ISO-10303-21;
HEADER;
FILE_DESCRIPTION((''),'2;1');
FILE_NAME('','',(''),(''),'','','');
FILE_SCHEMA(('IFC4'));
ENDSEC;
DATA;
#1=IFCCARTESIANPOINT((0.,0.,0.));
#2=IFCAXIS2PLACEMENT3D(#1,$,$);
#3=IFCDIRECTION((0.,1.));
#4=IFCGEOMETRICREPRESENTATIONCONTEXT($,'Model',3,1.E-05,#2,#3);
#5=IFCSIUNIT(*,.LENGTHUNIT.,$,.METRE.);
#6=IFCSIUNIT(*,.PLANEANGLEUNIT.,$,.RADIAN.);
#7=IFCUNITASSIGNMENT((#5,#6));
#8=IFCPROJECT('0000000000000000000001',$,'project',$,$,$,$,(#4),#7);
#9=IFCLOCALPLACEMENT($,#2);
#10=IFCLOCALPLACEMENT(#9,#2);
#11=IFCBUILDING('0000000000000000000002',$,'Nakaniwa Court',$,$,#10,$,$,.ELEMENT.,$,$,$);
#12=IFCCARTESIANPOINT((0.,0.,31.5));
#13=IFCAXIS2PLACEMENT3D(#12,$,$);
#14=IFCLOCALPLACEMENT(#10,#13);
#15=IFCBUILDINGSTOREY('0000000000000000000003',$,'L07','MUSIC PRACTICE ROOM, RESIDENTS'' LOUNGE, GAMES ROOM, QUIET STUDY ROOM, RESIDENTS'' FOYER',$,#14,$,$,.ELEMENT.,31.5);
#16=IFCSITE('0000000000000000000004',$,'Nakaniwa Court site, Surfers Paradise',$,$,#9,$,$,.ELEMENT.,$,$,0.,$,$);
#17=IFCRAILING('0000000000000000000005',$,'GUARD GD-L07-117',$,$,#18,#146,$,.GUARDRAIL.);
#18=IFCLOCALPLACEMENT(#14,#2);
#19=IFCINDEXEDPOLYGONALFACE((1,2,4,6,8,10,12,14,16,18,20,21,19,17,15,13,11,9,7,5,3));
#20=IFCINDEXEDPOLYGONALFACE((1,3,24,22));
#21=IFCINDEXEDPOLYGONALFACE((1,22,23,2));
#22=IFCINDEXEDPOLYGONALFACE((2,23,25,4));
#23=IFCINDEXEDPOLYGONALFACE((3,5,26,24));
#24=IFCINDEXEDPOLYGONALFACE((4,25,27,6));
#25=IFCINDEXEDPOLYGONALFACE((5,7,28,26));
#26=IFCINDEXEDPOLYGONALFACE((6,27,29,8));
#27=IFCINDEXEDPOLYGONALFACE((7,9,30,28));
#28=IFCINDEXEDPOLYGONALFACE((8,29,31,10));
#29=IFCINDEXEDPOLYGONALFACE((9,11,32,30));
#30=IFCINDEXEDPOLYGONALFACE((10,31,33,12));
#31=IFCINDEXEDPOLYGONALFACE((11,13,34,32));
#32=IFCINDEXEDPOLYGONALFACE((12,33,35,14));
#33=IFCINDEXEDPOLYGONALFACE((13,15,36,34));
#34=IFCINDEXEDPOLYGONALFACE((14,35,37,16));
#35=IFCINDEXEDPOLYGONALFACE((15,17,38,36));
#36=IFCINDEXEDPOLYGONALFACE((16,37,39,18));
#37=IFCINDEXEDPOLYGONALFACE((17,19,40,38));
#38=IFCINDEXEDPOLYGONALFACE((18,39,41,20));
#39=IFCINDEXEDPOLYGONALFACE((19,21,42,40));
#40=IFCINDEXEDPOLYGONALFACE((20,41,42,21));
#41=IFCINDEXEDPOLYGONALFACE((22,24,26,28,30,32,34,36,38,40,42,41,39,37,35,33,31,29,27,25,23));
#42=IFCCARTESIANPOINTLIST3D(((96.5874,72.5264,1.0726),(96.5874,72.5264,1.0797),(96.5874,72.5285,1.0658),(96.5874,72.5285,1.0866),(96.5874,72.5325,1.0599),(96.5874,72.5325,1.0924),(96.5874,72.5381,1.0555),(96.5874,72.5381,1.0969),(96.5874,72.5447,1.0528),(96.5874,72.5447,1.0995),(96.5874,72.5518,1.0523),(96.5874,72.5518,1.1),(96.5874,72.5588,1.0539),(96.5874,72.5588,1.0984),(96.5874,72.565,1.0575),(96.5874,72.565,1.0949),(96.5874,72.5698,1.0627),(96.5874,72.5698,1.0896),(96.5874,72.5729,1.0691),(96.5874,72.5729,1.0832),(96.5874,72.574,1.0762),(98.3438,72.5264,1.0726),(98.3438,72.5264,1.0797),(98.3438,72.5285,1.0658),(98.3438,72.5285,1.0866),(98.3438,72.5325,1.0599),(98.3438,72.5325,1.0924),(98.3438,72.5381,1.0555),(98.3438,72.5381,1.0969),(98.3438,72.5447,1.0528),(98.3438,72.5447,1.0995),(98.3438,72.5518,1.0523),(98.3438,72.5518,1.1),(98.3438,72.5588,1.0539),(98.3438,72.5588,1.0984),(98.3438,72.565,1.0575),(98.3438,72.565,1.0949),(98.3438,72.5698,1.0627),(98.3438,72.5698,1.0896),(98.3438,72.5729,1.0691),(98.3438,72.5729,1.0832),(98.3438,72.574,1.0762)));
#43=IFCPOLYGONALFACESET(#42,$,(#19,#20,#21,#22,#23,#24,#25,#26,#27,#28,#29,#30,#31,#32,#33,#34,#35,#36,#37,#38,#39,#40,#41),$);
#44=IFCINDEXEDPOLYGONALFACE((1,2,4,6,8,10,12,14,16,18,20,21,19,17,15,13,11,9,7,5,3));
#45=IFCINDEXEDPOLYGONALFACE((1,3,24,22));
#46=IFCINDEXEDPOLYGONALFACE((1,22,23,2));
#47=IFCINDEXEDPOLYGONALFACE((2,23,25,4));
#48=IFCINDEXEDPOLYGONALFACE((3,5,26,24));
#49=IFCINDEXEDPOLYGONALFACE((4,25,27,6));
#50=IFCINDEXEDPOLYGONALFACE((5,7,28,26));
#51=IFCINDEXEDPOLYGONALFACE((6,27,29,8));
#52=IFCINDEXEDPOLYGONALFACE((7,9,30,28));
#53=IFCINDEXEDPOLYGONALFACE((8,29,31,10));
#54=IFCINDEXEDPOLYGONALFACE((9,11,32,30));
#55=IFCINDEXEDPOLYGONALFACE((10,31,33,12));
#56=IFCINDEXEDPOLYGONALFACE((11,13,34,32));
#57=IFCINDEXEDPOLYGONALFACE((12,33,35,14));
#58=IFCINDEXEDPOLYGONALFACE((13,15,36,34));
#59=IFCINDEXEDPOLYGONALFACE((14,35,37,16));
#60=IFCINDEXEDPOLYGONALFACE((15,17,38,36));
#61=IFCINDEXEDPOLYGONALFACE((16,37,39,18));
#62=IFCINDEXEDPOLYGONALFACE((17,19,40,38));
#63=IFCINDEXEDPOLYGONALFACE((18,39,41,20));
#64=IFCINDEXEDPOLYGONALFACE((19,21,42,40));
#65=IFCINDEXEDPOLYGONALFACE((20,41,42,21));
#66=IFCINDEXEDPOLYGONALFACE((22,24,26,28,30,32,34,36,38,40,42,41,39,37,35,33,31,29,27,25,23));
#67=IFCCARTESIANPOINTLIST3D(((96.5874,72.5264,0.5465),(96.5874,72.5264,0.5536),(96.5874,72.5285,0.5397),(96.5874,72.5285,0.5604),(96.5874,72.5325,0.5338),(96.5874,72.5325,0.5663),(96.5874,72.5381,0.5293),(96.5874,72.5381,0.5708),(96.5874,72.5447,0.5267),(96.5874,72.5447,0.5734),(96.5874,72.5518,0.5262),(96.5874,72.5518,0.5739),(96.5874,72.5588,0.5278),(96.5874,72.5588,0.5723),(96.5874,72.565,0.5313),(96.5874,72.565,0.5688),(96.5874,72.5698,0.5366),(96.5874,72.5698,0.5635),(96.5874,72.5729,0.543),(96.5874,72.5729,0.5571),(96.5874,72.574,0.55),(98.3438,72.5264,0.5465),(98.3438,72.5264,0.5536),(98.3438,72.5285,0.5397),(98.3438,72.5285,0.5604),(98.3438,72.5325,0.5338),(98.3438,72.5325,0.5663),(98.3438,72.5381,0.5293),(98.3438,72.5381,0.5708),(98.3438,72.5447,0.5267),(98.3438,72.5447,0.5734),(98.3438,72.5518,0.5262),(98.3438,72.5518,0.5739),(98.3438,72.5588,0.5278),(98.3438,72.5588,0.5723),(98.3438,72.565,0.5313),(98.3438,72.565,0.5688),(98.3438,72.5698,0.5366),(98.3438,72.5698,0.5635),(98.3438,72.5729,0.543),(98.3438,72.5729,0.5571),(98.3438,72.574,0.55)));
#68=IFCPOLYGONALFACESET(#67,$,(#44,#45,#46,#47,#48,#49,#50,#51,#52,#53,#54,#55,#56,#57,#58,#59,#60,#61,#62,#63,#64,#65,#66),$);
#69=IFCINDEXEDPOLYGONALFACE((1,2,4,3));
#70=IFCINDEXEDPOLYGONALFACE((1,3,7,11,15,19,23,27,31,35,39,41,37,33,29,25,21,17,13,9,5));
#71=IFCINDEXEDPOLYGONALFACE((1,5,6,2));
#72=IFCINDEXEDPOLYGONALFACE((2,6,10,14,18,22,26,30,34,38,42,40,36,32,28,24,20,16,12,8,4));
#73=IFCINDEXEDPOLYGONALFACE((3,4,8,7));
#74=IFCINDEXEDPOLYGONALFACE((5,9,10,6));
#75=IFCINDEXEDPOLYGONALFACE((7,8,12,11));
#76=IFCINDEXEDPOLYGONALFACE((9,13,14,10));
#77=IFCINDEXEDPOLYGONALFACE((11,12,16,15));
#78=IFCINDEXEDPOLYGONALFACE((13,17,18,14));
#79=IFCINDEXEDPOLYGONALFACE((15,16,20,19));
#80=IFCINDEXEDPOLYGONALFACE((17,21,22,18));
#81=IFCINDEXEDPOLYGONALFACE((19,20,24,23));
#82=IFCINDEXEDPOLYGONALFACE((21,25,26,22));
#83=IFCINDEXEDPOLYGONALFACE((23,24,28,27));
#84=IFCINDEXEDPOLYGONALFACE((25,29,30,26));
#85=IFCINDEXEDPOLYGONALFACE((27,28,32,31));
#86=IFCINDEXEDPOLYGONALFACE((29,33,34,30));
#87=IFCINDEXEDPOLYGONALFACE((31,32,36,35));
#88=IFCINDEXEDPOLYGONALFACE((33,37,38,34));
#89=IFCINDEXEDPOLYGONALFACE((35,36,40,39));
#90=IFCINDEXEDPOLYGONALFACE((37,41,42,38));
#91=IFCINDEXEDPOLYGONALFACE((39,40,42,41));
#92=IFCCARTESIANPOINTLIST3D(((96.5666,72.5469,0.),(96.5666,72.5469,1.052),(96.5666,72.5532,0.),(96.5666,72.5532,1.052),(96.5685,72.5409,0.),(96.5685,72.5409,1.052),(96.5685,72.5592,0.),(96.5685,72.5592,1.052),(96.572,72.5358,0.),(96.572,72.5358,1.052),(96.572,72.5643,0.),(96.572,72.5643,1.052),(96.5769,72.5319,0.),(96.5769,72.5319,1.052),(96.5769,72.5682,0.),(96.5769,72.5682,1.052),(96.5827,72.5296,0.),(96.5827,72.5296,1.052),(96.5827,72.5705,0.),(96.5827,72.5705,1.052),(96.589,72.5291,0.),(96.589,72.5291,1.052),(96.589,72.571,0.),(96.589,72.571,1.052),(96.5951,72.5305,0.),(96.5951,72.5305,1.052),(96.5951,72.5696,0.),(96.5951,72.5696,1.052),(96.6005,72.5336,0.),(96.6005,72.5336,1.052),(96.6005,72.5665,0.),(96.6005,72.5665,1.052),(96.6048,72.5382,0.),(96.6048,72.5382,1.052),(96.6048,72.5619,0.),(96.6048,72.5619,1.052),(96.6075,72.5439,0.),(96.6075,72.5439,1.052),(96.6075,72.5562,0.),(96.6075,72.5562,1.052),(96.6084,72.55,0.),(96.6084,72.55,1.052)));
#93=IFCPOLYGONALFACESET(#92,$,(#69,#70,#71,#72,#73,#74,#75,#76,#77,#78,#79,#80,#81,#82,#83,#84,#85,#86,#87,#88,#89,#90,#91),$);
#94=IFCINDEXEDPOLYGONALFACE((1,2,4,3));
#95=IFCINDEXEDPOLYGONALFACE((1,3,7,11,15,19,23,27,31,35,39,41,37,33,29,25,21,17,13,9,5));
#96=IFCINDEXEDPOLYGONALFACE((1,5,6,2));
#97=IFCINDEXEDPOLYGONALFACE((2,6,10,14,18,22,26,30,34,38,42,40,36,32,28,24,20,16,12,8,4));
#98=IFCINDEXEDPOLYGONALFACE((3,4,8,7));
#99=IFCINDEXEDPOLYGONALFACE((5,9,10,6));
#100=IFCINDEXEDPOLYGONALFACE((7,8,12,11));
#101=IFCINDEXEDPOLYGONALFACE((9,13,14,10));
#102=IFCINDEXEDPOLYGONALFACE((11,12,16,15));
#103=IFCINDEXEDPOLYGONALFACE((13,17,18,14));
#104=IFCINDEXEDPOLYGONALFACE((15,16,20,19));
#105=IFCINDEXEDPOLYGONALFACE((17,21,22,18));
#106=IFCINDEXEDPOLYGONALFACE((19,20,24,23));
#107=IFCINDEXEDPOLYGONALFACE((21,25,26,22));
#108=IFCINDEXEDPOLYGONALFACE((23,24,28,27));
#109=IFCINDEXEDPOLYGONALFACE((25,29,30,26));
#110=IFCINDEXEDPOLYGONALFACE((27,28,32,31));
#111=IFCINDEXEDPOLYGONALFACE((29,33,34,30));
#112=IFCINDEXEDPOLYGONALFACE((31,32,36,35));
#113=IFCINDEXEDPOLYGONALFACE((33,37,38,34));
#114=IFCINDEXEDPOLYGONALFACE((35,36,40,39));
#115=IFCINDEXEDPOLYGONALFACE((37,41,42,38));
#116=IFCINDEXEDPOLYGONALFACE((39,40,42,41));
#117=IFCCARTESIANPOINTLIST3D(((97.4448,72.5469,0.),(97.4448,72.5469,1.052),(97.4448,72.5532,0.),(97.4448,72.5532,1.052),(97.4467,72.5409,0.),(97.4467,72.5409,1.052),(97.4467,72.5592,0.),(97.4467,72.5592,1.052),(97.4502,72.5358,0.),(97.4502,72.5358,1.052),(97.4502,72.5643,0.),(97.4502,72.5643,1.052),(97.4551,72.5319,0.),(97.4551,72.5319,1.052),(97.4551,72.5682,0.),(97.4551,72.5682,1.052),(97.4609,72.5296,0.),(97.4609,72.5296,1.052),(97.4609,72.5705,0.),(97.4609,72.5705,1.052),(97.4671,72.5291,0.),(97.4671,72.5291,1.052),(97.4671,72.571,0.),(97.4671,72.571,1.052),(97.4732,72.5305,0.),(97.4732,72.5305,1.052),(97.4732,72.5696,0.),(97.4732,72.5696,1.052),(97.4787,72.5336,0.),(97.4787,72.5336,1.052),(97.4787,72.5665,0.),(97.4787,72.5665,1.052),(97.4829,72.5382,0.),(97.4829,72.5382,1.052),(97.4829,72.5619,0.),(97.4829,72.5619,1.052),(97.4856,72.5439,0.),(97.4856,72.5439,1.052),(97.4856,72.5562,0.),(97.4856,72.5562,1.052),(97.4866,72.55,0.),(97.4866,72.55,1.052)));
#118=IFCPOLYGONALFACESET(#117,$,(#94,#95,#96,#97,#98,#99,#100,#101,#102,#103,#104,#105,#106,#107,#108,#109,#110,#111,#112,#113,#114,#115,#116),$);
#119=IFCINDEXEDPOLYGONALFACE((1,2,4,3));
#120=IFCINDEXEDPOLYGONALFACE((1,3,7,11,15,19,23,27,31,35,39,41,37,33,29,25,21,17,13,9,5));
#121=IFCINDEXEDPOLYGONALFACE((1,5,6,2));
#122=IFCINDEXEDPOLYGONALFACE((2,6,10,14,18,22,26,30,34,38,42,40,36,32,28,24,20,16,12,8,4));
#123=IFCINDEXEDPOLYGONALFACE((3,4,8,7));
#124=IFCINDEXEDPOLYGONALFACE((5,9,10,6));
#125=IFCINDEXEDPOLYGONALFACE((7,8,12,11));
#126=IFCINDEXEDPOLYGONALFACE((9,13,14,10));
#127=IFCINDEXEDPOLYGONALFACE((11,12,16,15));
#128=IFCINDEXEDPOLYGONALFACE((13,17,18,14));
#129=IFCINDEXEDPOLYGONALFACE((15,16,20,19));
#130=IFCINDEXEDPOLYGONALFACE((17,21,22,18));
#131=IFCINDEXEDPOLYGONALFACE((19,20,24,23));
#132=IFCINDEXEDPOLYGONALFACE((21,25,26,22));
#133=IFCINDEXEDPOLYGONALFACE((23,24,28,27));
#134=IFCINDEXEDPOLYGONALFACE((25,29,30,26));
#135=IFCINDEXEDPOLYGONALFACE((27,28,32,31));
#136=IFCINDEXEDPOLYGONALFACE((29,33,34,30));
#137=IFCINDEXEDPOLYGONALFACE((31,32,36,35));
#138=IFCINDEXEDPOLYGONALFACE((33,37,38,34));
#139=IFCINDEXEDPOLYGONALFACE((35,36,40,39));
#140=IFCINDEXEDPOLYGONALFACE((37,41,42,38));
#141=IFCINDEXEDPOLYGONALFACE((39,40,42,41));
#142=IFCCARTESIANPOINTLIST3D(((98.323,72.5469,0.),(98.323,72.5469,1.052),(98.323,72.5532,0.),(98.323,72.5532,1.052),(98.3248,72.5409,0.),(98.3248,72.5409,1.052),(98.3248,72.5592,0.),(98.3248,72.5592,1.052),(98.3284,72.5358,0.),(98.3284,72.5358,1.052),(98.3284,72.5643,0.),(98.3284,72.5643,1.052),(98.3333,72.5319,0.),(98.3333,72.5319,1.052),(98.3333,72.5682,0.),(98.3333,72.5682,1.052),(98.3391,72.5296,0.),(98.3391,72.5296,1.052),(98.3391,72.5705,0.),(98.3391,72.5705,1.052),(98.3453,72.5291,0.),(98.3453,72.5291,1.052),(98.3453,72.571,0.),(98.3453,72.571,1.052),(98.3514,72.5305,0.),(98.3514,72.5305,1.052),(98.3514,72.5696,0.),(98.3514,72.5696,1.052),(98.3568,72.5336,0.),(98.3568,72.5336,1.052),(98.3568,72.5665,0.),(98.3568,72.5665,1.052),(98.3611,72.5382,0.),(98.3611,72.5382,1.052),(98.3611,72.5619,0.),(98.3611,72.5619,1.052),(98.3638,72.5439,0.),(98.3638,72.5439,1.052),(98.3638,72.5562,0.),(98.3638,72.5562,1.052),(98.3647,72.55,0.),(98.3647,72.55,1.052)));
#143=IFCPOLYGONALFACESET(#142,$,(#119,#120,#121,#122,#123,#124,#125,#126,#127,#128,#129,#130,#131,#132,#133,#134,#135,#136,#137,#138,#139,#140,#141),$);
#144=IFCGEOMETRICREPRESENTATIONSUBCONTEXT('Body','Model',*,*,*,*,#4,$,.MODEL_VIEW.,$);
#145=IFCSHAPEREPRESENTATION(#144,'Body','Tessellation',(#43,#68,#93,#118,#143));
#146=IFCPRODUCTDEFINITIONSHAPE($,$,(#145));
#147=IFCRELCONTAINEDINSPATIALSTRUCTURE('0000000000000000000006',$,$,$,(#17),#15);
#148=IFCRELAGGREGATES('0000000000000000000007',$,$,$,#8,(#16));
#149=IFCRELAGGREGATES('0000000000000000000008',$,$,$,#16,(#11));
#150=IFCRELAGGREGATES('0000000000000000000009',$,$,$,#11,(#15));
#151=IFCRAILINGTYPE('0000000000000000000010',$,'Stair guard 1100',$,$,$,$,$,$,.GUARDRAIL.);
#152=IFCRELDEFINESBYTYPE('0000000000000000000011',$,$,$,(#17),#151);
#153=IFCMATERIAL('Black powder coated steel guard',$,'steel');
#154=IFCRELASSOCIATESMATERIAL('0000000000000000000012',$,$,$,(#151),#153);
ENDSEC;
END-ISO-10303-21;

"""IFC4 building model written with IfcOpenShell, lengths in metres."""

from ifc_helpers import new_model, si_unit, direction, frame, origin, origin_2d, place, context, subcontext, project, spatial, circle, extrude, material, type_object, element, save


model = new_model("IFC4")

# Units and contexts
model_context = context("Model", 3, precision=1e-05, world=origin(), true_north=direction((0.0, 1.0)))
body_context = subcontext(model_context, "Body", "Model", "MODEL_VIEW")
ifc_project = project(units=[si_unit("LENGTHUNIT", "METRE"), si_unit("PLANEANGLEUNIT", "RADIAN")], contexts=[model_context])

# Site, building, storey
site_placement = place(None, origin())
site = spatial("IfcSite", under=ifc_project, at=site_placement, Name="Nakaniwa Court site, Surfers Paradise", CompositionType="ELEMENT", RefElevation=0.0)
building_placement = place(site_placement, origin())
building = spatial("IfcBuilding", under=site, at=building_placement, Name="Nakaniwa Court", CompositionType="ELEMENT")
storey_placement = place(building_placement, frame((0.0, 0.0, 31.5)))
storey = spatial("IfcBuildingStorey", under=building, at=storey_placement, Name="L07", Description="MUSIC PRACTICE ROOM, RESIDENTS' LOUNGE, GAMES ROOM, QUIET STUDY ROOM, RESIDENTS' FOYER", CompositionType="ELEMENT", Elevation=31.5)

# Railing
ifc_material_1 = material(Name="Black powder coated steel guard", Category="steel")
railing_type = type_object("IfcRailingType", Name="Stair guard 1100", PredefinedType="GUARDRAIL", material=ifc_material_1)
railing_placement = place(storey_placement, frame((96.5874, 72.55, 0.0)))
element("IfcRailing", 1, at=railing_placement, inside=storey, type_object=railing_type, Name="GUARD GD-L07-117", PredefinedType="GUARDRAIL", context=body_context, shape_type="SweptSolid", body=[
    extrude(circle(Radius=0.0239, at=origin_2d()), frame((0.0, 0.0, 1.0762), z_axis=(1.0, 0.0, 0.0), x_axis=(0.0, 1.0, 0.0)), (0.0, 0.0, 1.0), 1.7563),
    extrude(circle(Radius=0.0239, at=origin_2d()), frame((0.0, 0.0, 0.55), z_axis=(1.0, 0.0, 0.0), x_axis=(0.0, 1.0, 0.0)), (0.0, 0.0, 1.0), 1.7563),
    extrude(circle(Radius=0.021, at=origin_2d()), origin(), (0.0, 0.0, 1.0), 1.052),
    extrude(circle(Radius=0.021, at=origin_2d()), frame((0.8782, 0.0, 0.0)), (0.0, 0.0, 1.0), 1.052),
    extrude(circle(Radius=0.021, at=origin_2d()), frame((1.7563, 0.0, 0.0)), (0.0, 0.0, 1.0), 1.052),
])

save(model, "model.ifc")
